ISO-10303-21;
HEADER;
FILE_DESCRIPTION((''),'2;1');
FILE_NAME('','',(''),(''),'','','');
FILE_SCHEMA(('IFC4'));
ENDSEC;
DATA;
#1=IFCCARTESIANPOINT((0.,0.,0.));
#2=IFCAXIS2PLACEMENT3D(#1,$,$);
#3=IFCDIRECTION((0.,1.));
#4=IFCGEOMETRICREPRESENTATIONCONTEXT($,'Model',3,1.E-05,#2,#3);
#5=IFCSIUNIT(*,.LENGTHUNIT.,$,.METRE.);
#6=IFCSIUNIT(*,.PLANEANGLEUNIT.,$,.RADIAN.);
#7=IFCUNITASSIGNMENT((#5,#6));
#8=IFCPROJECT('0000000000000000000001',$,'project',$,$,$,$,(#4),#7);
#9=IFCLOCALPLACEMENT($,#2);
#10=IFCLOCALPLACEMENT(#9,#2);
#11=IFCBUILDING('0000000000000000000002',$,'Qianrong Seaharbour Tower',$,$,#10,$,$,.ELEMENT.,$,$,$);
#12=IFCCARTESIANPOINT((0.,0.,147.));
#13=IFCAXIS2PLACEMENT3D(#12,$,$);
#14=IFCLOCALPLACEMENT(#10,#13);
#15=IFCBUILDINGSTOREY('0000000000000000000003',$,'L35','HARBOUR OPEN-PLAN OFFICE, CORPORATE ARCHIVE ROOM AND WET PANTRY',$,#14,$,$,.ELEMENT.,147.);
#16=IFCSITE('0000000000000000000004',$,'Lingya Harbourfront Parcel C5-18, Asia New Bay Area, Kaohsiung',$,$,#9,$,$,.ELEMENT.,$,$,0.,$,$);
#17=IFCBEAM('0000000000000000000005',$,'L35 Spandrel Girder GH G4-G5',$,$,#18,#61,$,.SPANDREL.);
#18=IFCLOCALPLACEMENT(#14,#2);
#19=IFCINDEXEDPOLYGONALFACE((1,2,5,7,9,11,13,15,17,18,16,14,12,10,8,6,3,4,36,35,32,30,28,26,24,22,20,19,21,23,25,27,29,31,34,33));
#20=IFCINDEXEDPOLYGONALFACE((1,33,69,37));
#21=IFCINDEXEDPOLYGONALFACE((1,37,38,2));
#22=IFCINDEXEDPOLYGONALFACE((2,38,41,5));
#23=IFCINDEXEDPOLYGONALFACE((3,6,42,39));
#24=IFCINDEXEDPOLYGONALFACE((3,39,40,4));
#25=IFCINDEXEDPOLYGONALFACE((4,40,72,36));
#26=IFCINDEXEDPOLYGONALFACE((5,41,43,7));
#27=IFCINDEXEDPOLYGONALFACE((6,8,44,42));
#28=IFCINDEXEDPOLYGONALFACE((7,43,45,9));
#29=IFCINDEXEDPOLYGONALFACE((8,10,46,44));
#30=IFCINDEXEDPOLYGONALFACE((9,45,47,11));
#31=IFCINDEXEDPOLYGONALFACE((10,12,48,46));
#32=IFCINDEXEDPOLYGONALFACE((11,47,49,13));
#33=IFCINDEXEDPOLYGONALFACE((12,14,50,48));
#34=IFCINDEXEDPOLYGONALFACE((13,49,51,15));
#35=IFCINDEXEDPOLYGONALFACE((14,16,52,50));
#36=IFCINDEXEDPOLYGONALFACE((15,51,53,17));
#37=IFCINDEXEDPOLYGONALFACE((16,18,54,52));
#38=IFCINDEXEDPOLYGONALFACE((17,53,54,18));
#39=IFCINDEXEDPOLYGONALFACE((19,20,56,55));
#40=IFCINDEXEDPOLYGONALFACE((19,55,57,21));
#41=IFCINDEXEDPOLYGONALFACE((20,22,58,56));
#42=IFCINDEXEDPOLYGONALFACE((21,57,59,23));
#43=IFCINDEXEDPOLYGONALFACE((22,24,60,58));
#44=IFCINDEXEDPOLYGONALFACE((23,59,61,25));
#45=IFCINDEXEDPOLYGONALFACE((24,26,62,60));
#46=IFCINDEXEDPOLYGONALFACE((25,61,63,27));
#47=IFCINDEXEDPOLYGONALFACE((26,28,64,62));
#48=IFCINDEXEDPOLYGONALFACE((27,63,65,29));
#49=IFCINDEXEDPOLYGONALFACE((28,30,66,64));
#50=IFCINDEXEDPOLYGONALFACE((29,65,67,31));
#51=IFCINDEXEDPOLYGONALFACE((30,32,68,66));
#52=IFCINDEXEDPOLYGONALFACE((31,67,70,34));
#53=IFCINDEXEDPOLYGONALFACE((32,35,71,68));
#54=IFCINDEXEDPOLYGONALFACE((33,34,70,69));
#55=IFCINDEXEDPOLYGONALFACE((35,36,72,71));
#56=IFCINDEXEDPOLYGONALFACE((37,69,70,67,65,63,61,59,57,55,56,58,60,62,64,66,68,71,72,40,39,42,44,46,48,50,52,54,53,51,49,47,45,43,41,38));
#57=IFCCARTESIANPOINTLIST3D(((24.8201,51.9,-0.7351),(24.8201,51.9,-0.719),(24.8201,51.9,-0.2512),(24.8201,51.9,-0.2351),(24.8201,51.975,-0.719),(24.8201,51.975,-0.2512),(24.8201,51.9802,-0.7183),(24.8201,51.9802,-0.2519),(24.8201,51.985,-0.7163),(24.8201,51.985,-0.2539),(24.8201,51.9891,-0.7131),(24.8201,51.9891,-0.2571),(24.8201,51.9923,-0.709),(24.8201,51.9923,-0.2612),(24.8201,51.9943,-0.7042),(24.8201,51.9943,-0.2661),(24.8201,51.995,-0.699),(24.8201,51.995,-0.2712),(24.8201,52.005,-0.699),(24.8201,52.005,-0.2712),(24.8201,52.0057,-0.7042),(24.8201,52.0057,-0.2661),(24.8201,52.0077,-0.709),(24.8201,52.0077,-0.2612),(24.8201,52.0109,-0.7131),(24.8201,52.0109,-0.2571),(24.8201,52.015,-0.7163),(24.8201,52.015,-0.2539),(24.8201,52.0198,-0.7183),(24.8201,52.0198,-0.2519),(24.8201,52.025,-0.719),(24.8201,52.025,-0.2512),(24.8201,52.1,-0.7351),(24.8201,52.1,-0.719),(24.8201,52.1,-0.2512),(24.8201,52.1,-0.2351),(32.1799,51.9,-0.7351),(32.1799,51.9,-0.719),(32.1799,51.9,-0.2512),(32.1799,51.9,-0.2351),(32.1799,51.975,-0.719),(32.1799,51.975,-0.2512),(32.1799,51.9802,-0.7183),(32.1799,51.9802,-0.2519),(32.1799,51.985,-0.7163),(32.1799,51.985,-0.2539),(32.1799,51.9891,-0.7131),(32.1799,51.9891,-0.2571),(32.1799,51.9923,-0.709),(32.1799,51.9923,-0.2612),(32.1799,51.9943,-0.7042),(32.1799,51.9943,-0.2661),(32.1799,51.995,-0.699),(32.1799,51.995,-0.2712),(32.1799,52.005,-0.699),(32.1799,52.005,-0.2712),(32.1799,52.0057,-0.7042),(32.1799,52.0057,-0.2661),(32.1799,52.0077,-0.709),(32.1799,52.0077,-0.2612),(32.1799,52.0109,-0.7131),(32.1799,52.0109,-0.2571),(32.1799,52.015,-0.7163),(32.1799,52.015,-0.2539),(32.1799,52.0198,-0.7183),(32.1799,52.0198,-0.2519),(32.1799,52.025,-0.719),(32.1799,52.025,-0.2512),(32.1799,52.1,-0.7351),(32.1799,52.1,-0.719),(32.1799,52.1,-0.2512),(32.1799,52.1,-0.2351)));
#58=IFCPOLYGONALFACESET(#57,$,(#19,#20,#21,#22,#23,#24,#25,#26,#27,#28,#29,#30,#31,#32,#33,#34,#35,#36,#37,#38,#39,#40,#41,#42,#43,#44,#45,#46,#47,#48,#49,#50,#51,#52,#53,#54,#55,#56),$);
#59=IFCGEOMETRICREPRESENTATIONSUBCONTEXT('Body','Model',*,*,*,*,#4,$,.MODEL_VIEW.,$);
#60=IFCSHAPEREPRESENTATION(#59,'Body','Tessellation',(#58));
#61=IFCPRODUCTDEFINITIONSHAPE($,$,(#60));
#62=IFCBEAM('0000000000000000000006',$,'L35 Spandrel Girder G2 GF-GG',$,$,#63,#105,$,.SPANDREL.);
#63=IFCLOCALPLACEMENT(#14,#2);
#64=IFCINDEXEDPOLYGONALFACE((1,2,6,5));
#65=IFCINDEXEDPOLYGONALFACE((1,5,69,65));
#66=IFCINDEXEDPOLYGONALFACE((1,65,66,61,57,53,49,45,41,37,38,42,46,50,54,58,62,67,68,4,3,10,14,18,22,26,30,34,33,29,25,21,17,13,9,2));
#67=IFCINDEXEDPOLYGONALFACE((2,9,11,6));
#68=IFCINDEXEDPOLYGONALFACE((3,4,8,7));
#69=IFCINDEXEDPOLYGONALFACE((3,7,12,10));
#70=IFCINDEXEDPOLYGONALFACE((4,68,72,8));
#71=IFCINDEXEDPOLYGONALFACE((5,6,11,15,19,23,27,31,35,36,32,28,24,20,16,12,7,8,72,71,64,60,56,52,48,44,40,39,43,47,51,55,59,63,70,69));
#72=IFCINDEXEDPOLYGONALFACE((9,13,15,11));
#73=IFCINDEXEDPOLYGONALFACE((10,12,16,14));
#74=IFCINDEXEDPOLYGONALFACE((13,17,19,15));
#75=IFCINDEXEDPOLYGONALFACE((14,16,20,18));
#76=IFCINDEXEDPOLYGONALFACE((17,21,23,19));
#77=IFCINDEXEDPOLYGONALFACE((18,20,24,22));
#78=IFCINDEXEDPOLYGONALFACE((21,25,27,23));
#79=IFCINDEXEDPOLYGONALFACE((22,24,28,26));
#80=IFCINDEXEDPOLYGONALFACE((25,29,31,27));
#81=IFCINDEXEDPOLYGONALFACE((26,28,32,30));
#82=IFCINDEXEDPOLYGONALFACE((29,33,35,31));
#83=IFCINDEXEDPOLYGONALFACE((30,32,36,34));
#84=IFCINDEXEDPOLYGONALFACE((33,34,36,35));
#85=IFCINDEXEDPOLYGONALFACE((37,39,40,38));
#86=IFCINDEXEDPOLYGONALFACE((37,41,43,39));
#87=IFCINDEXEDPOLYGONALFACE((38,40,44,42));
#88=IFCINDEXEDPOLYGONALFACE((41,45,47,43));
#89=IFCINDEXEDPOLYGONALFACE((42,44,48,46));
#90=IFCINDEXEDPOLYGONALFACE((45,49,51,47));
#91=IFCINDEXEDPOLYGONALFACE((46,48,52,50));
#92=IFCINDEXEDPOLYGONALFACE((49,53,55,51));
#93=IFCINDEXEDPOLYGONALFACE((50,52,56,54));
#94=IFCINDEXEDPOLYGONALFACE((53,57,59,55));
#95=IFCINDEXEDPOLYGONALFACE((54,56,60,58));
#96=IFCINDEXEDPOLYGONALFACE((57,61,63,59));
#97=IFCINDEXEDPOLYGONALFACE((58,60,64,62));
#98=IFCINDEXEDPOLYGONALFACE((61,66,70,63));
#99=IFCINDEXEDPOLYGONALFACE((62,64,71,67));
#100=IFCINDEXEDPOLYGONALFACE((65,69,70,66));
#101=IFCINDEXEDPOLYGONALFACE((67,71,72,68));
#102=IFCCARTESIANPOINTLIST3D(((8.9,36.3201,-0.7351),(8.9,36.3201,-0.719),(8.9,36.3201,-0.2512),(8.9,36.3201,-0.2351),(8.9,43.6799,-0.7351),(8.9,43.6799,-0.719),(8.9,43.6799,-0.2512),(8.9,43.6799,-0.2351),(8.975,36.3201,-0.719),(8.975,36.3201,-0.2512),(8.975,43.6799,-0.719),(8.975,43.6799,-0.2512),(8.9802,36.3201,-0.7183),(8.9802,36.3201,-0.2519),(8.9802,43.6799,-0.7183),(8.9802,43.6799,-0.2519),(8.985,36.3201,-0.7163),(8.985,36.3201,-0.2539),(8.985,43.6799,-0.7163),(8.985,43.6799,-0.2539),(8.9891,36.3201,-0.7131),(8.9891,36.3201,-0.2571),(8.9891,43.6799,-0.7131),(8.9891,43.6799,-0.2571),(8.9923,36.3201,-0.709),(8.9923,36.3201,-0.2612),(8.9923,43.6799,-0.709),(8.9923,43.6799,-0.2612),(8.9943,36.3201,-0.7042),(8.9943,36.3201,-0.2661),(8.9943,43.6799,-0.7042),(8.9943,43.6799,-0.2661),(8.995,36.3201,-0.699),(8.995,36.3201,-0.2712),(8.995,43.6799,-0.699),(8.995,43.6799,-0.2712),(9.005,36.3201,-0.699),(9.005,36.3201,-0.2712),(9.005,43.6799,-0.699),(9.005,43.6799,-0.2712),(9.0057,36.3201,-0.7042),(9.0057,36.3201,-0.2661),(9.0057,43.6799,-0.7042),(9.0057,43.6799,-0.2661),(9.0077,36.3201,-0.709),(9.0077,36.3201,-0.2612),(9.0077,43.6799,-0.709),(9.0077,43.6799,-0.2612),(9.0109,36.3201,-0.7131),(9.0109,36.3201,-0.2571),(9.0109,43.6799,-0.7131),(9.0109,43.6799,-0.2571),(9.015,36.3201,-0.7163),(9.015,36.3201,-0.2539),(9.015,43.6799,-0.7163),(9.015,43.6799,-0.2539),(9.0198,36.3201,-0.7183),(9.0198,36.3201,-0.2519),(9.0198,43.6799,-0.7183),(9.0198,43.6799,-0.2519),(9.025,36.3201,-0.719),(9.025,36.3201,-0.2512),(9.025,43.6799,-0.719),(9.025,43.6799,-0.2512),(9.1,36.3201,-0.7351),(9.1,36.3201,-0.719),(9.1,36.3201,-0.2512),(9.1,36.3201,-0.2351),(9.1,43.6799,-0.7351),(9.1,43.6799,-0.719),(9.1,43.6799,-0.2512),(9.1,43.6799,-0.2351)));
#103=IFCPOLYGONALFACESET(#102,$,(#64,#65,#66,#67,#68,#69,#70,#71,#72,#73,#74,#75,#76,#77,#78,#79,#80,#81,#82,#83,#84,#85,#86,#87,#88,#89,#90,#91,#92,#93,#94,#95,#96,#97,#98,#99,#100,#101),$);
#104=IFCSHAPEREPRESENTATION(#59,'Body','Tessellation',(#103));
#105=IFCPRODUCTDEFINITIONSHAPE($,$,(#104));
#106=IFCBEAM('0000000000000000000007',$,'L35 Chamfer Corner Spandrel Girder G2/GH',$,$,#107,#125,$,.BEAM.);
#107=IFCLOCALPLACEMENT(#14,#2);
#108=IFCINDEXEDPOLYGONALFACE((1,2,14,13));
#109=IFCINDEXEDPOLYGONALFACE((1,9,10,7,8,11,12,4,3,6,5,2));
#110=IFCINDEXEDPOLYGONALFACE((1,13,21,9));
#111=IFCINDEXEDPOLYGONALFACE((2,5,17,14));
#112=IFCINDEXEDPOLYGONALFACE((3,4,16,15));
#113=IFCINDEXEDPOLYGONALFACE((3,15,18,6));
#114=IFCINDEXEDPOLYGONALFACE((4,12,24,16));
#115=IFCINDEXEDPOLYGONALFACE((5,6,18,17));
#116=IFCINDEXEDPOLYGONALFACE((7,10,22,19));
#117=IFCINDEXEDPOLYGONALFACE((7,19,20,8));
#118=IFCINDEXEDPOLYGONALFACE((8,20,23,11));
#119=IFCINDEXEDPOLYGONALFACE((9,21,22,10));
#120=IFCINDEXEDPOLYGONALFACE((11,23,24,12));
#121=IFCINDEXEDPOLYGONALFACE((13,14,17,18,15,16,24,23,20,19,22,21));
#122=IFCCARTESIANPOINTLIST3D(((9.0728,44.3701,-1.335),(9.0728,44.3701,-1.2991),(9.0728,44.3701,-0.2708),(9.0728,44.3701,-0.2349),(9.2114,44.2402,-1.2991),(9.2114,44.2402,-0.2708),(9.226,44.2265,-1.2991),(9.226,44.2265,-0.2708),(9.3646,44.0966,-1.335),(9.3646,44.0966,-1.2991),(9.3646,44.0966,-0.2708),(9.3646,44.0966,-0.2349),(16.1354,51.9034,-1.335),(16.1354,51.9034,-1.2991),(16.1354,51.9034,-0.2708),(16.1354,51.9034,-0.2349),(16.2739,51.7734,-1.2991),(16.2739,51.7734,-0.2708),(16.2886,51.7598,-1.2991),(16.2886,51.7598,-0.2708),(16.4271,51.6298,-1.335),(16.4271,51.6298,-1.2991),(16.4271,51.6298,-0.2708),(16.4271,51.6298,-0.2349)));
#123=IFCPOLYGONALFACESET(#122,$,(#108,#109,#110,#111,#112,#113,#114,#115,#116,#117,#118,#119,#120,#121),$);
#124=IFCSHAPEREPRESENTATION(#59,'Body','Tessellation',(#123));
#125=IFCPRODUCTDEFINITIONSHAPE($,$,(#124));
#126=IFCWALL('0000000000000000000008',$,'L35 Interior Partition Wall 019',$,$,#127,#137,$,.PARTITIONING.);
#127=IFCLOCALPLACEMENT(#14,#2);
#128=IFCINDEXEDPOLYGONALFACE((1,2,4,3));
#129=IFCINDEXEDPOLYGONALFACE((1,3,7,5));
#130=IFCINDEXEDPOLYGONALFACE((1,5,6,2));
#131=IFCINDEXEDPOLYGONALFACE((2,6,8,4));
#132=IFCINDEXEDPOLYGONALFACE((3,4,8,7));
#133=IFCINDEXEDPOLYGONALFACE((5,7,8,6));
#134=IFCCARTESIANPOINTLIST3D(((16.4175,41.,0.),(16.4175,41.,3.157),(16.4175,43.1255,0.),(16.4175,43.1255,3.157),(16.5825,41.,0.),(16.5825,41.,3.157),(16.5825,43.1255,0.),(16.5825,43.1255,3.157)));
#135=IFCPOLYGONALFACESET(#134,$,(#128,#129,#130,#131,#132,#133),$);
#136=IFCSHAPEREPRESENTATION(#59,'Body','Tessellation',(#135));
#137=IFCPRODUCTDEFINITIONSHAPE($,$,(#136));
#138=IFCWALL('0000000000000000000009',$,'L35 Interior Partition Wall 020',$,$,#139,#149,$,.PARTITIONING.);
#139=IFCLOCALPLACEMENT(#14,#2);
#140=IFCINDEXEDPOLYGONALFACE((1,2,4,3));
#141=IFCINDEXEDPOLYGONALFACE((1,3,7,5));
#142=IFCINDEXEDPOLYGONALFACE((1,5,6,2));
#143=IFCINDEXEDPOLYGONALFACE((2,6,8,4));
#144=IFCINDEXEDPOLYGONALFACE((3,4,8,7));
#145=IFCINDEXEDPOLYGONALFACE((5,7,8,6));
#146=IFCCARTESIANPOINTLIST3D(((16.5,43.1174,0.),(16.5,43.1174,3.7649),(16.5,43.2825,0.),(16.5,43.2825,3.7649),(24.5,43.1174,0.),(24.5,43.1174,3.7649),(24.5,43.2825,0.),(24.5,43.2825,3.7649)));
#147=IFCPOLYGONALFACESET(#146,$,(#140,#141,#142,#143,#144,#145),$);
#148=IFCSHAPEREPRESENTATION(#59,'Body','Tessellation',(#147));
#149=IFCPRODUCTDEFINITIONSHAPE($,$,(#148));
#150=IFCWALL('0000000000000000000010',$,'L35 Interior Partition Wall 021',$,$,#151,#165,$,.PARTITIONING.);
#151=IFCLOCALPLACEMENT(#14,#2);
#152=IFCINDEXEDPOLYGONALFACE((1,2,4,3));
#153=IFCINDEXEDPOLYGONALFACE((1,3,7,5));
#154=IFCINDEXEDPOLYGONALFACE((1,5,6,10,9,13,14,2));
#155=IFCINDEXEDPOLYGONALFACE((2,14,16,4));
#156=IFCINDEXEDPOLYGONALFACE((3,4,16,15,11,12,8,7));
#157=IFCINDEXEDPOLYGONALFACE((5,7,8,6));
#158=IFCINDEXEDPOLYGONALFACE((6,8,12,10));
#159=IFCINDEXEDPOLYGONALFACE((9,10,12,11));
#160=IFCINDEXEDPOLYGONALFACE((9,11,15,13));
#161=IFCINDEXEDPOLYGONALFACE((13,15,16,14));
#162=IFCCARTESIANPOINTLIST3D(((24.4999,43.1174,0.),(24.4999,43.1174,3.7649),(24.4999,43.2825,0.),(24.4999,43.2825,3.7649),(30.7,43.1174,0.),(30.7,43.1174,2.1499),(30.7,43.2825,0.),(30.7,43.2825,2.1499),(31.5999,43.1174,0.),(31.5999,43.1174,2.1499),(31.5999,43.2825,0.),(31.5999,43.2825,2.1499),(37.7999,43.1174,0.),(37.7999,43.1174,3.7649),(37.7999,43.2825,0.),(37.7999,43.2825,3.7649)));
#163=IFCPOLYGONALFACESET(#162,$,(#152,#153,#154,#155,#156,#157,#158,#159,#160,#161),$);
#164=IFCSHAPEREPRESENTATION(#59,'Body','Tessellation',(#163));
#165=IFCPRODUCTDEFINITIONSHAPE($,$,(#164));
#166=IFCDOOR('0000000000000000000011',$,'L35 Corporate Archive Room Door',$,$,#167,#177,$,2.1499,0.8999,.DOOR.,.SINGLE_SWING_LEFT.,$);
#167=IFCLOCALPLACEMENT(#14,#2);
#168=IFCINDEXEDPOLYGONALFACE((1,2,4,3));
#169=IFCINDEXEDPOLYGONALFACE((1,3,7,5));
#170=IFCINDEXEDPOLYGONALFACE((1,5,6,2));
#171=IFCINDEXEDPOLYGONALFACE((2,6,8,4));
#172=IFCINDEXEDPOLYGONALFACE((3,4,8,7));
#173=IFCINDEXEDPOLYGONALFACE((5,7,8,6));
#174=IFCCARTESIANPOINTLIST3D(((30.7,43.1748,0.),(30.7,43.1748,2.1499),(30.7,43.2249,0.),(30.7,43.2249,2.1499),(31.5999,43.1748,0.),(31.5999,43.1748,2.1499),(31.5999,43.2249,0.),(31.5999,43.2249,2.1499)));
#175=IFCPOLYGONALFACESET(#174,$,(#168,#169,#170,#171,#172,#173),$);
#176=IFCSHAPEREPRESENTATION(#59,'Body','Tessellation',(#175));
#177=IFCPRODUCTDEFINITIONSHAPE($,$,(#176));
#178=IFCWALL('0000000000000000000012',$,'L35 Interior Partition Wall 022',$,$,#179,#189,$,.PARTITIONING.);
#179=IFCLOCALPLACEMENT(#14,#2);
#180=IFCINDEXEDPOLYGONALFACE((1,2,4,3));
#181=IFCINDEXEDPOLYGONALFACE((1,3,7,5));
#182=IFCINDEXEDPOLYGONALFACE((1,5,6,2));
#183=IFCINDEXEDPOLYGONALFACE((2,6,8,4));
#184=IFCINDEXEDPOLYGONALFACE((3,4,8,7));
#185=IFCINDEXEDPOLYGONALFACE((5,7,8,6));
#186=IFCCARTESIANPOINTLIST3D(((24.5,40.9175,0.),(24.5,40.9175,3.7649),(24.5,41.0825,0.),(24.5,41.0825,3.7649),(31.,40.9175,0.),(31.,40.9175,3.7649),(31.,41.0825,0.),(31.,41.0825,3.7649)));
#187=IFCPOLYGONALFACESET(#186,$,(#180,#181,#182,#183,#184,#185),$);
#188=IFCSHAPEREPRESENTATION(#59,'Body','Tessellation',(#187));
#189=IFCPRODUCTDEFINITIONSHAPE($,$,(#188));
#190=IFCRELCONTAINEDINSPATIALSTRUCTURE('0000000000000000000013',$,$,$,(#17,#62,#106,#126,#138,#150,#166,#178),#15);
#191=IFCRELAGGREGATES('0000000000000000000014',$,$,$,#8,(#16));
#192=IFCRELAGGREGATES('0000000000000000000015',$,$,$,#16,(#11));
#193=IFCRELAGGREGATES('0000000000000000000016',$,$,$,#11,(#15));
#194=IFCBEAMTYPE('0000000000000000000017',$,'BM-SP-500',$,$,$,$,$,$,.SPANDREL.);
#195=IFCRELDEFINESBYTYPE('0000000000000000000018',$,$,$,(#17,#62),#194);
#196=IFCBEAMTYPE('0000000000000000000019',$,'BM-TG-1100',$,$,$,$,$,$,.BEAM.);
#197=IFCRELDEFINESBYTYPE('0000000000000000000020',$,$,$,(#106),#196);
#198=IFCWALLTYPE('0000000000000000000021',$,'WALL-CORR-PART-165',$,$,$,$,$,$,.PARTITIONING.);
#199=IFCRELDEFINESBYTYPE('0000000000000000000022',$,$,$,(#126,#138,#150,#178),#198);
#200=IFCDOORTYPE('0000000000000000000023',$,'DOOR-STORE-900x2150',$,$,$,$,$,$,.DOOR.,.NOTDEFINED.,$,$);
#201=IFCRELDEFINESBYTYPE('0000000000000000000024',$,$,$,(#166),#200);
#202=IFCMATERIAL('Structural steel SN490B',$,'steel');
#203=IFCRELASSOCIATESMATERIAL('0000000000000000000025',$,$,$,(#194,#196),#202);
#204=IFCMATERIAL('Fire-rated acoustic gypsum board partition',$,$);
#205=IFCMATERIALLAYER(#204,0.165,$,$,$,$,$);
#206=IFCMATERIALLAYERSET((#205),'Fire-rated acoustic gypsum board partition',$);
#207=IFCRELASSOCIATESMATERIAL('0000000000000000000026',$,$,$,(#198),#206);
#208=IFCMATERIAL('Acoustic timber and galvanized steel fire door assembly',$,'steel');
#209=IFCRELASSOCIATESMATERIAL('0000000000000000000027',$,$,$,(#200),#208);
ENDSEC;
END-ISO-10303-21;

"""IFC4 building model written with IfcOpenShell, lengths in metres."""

from ifc_helpers import new_model, si_unit, direction, frame, frame_2d, origin, origin_2d, place, context, subcontext, project, spatial, rectangle, i_section, extrude, material, layer, layer_set, material_profile, profile_set, type_object, element, fill, save


model = new_model("IFC4")

# Units and contexts
model_context = context("Model", 3, precision=1e-05, world=origin(), true_north=direction((0.0, 1.0)))
body_context = subcontext(model_context, "Body", "Model", "MODEL_VIEW")
ifc_project = project(units=[si_unit("LENGTHUNIT", "METRE"), si_unit("PLANEANGLEUNIT", "RADIAN")], contexts=[model_context])

# Site, building, storey
site_placement = place(None, origin())
site = spatial("IfcSite", under=ifc_project, at=site_placement, Name="Lingya Harbourfront Parcel C5-18, Asia New Bay Area, Kaohsiung", CompositionType="ELEMENT", RefElevation=0.0)
building_placement = place(site_placement, origin())
building = spatial("IfcBuilding", under=site, at=building_placement, Name="Qianrong Seaharbour Tower", CompositionType="ELEMENT")
storey_placement = place(building_placement, frame((0.0, 0.0, 147.0)))
storey = spatial("IfcBuildingStorey", under=building, at=storey_placement, Name="L35", Description="HARBOUR OPEN-PLAN OFFICE, CORPORATE ARCHIVE ROOM AND WET PANTRY", CompositionType="ELEMENT", Elevation=147.0)

# Shared definitions
ifc_material_1 = material(Name="Structural steel SN490B", Category="steel")

# Beams
ifc_material_profile_1 = material_profile(ifc_material_1, i_section(OverallWidth=0.2, OverallDepth=0.5, WebThickness=0.01, FlangeThickness=0.0161, FilletRadius=0.02, at=origin_2d()), Name="H500x200x10x16")
ifc_profile_set_1 = profile_set([ifc_material_profile_1], Name="Structural steel SN490B")
beam_type_1 = type_object("IfcBeamType", Name="BM-SP-500", PredefinedType="SPANDREL", material=ifc_profile_set_1)
for number, where, z_axis, x_axis, name in (
    (1, (24.8201, 52.0, -0.4851), (1.0, 0.0, 0.0), (0.0, 1.0, 0.0), "L35 Spandrel Girder GH G4-G5"),
    (2, (9.0, 36.3201, -0.4851), (0.0, 1.0, 0.0), (-1.0, 0.0, 0.0), "L35 Spandrel Girder G2 GF-GG"),
):
    element("IfcBeam", number, at=place(storey_placement, frame(where, z_axis=z_axis, x_axis=x_axis)), inside=storey, type_object=beam_type_1, Name=name, PredefinedType="SPANDREL", context=body_context, shape_type="SweptSolid", body=[
        extrude(i_section(OverallWidth=0.2, OverallDepth=0.5, WebThickness=0.01, FlangeThickness=0.0161, FilletRadius=0.02, at=origin_2d()), origin(), (0.0, 0.0, 1.0), 7.3599),
    ])
ifc_material_profile_2 = material_profile(ifc_material_1, i_section(OverallWidth=0.3999, OverallDepth=1.1001, WebThickness=0.02, FlangeThickness=0.0359, at=origin_2d()), Name="BH1100x400x20x36")
ifc_profile_set_2 = profile_set([ifc_material_profile_2], Name="Structural steel SN490B")
beam_type_2 = type_object("IfcBeamType", Name="BM-TG-1100", PredefinedType="BEAM", material=ifc_profile_set_2)
beam_1_placement = place(storey_placement, frame((16.2812, 51.7666, -0.7849), z_axis=(-0.683947, -0.729531, 0.0), x_axis=(0.729531, -0.683947, 0.0)))
element("IfcBeam", 3, at=beam_1_placement, inside=storey, type_object=beam_type_2, Name="L35 Chamfer Corner Spandrel Girder G2/GH", PredefinedType="BEAM", context=body_context, shape_type="SweptSolid", body=[
    extrude(i_section(OverallWidth=0.3999, OverallDepth=1.1001, WebThickness=0.02, FlangeThickness=0.0359, at=origin_2d()), origin(), (0.0, 0.0, 1.0), 10.3262),
])

# Walls
ifc_material_2 = material(Name="Fire-rated acoustic gypsum board partition")
ifc_layer_1 = layer(ifc_material_2, 0.165)
ifc_layer_set_1 = layer_set([ifc_layer_1], Name="Fire-rated acoustic gypsum board partition")
wall_type_1 = type_object("IfcWallType", Name="WALL-CORR-PART-165", PredefinedType="PARTITIONING", material=ifc_layer_set_1)
wall_1_placement = place(storey_placement, frame((16.5, 41.0, 0.0), z_axis=(0.0, 0.0, 1.0), x_axis=(0.0, 1.0, 0.0)))
element("IfcWall", 4, at=wall_1_placement, inside=storey, type_object=wall_type_1, Name="L35 Interior Partition Wall 019", PredefinedType="PARTITIONING", context=body_context, shape_type="SweptSolid", body=[
    extrude(rectangle(XDim=2.1255, YDim=0.165, at=frame_2d((1.0627, 0.0))), origin(), (0.0, 0.0, 1.0), 3.157),
])
wall_2_placement = place(storey_placement, frame((16.5, 43.2, 0.0), z_axis=(0.0, 0.0, 1.0), x_axis=(1.0, 0.0, 0.0)))
element("IfcWall", 5, at=wall_2_placement, inside=storey, type_object=wall_type_1, Name="L35 Interior Partition Wall 020", PredefinedType="PARTITIONING", context=body_context, shape_type="SweptSolid", body=[
    extrude(rectangle(XDim=8.0, YDim=0.165, at=frame_2d((4.0, 0.0))), origin(), (0.0, 0.0, 1.0), 3.7649),
])

# Wall, opening, door
wall_3_placement = place(storey_placement, frame((24.5, 43.2, 0.0), z_axis=(0.0, 0.0, 1.0), x_axis=(1.0, 0.0, 0.0)))
wall_3 = element("IfcWall", 6, at=wall_3_placement, inside=storey, type_object=wall_type_1, Name="L35 Interior Partition Wall 021", PredefinedType="PARTITIONING", context=body_context, shape_type="SweptSolid", body=[
    extrude(rectangle(XDim=13.3, YDim=0.165, at=frame_2d((6.6499, 0.0))), origin(), (0.0, 0.0, 1.0), 3.7649),
])
opening_1_placement = place(wall_3_placement, frame((6.2, 0.0, 0.0)))
opening_1 = element("IfcOpeningElement", 7, at=opening_1_placement, cuts=wall_3, PredefinedType="OPENING", context=body_context, shape_type="SweptSolid", body=[
    extrude(rectangle(XDim=0.8999, YDim=2.1499, at=frame_2d((0.45, 1.075))), frame((0.0, 0.0925, 0.0), z_axis=(0.0, -1.0, 0.0), x_axis=(1.0, 0.0, 0.0)), (0.0, 0.0, 1.0), 0.1851),
])
ifc_material_3 = material(Name="Acoustic timber and galvanized steel fire door assembly", Category="steel")
door_type = type_object("IfcDoorType", Name="DOOR-STORE-900x2150", OperationType="NOTDEFINED", PredefinedType="DOOR", material=ifc_material_3)
door_placement = place(opening_1_placement, origin())
door = element("IfcDoor", 8, at=door_placement, inside=storey, type_object=door_type, Name="L35 Corporate Archive Room Door", OperationType="SINGLE_SWING_LEFT", OverallHeight=2.1499, OverallWidth=0.8999, PredefinedType="DOOR", context=body_context, shape_type="SweptSolid", body=[
    extrude(rectangle(XDim=0.8999, YDim=2.1499, at=frame_2d((0.45, 1.075))), frame((0.0, 0.0249, 0.0), z_axis=(0.0, -1.0, 0.0), x_axis=(1.0, 0.0, 0.0)), (0.0, 0.0, 1.0), 0.05),
])
fill(opening_1, door)

# Wall
wall_4_placement = place(storey_placement, frame((31.0, 41.0, 0.0), z_axis=(0.0, 0.0, 1.0), x_axis=(-1.0, 0.0, 0.0)))
element("IfcWall", 9, at=wall_4_placement, inside=storey, type_object=wall_type_1, Name="L35 Interior Partition Wall 022", PredefinedType="PARTITIONING", context=body_context, shape_type="SweptSolid", body=[
    extrude(rectangle(XDim=6.5, YDim=0.165, at=frame_2d((3.25, 0.0))), origin(), (0.0, 0.0, 1.0), 3.7649),
])

save(model, "model.ifc")
